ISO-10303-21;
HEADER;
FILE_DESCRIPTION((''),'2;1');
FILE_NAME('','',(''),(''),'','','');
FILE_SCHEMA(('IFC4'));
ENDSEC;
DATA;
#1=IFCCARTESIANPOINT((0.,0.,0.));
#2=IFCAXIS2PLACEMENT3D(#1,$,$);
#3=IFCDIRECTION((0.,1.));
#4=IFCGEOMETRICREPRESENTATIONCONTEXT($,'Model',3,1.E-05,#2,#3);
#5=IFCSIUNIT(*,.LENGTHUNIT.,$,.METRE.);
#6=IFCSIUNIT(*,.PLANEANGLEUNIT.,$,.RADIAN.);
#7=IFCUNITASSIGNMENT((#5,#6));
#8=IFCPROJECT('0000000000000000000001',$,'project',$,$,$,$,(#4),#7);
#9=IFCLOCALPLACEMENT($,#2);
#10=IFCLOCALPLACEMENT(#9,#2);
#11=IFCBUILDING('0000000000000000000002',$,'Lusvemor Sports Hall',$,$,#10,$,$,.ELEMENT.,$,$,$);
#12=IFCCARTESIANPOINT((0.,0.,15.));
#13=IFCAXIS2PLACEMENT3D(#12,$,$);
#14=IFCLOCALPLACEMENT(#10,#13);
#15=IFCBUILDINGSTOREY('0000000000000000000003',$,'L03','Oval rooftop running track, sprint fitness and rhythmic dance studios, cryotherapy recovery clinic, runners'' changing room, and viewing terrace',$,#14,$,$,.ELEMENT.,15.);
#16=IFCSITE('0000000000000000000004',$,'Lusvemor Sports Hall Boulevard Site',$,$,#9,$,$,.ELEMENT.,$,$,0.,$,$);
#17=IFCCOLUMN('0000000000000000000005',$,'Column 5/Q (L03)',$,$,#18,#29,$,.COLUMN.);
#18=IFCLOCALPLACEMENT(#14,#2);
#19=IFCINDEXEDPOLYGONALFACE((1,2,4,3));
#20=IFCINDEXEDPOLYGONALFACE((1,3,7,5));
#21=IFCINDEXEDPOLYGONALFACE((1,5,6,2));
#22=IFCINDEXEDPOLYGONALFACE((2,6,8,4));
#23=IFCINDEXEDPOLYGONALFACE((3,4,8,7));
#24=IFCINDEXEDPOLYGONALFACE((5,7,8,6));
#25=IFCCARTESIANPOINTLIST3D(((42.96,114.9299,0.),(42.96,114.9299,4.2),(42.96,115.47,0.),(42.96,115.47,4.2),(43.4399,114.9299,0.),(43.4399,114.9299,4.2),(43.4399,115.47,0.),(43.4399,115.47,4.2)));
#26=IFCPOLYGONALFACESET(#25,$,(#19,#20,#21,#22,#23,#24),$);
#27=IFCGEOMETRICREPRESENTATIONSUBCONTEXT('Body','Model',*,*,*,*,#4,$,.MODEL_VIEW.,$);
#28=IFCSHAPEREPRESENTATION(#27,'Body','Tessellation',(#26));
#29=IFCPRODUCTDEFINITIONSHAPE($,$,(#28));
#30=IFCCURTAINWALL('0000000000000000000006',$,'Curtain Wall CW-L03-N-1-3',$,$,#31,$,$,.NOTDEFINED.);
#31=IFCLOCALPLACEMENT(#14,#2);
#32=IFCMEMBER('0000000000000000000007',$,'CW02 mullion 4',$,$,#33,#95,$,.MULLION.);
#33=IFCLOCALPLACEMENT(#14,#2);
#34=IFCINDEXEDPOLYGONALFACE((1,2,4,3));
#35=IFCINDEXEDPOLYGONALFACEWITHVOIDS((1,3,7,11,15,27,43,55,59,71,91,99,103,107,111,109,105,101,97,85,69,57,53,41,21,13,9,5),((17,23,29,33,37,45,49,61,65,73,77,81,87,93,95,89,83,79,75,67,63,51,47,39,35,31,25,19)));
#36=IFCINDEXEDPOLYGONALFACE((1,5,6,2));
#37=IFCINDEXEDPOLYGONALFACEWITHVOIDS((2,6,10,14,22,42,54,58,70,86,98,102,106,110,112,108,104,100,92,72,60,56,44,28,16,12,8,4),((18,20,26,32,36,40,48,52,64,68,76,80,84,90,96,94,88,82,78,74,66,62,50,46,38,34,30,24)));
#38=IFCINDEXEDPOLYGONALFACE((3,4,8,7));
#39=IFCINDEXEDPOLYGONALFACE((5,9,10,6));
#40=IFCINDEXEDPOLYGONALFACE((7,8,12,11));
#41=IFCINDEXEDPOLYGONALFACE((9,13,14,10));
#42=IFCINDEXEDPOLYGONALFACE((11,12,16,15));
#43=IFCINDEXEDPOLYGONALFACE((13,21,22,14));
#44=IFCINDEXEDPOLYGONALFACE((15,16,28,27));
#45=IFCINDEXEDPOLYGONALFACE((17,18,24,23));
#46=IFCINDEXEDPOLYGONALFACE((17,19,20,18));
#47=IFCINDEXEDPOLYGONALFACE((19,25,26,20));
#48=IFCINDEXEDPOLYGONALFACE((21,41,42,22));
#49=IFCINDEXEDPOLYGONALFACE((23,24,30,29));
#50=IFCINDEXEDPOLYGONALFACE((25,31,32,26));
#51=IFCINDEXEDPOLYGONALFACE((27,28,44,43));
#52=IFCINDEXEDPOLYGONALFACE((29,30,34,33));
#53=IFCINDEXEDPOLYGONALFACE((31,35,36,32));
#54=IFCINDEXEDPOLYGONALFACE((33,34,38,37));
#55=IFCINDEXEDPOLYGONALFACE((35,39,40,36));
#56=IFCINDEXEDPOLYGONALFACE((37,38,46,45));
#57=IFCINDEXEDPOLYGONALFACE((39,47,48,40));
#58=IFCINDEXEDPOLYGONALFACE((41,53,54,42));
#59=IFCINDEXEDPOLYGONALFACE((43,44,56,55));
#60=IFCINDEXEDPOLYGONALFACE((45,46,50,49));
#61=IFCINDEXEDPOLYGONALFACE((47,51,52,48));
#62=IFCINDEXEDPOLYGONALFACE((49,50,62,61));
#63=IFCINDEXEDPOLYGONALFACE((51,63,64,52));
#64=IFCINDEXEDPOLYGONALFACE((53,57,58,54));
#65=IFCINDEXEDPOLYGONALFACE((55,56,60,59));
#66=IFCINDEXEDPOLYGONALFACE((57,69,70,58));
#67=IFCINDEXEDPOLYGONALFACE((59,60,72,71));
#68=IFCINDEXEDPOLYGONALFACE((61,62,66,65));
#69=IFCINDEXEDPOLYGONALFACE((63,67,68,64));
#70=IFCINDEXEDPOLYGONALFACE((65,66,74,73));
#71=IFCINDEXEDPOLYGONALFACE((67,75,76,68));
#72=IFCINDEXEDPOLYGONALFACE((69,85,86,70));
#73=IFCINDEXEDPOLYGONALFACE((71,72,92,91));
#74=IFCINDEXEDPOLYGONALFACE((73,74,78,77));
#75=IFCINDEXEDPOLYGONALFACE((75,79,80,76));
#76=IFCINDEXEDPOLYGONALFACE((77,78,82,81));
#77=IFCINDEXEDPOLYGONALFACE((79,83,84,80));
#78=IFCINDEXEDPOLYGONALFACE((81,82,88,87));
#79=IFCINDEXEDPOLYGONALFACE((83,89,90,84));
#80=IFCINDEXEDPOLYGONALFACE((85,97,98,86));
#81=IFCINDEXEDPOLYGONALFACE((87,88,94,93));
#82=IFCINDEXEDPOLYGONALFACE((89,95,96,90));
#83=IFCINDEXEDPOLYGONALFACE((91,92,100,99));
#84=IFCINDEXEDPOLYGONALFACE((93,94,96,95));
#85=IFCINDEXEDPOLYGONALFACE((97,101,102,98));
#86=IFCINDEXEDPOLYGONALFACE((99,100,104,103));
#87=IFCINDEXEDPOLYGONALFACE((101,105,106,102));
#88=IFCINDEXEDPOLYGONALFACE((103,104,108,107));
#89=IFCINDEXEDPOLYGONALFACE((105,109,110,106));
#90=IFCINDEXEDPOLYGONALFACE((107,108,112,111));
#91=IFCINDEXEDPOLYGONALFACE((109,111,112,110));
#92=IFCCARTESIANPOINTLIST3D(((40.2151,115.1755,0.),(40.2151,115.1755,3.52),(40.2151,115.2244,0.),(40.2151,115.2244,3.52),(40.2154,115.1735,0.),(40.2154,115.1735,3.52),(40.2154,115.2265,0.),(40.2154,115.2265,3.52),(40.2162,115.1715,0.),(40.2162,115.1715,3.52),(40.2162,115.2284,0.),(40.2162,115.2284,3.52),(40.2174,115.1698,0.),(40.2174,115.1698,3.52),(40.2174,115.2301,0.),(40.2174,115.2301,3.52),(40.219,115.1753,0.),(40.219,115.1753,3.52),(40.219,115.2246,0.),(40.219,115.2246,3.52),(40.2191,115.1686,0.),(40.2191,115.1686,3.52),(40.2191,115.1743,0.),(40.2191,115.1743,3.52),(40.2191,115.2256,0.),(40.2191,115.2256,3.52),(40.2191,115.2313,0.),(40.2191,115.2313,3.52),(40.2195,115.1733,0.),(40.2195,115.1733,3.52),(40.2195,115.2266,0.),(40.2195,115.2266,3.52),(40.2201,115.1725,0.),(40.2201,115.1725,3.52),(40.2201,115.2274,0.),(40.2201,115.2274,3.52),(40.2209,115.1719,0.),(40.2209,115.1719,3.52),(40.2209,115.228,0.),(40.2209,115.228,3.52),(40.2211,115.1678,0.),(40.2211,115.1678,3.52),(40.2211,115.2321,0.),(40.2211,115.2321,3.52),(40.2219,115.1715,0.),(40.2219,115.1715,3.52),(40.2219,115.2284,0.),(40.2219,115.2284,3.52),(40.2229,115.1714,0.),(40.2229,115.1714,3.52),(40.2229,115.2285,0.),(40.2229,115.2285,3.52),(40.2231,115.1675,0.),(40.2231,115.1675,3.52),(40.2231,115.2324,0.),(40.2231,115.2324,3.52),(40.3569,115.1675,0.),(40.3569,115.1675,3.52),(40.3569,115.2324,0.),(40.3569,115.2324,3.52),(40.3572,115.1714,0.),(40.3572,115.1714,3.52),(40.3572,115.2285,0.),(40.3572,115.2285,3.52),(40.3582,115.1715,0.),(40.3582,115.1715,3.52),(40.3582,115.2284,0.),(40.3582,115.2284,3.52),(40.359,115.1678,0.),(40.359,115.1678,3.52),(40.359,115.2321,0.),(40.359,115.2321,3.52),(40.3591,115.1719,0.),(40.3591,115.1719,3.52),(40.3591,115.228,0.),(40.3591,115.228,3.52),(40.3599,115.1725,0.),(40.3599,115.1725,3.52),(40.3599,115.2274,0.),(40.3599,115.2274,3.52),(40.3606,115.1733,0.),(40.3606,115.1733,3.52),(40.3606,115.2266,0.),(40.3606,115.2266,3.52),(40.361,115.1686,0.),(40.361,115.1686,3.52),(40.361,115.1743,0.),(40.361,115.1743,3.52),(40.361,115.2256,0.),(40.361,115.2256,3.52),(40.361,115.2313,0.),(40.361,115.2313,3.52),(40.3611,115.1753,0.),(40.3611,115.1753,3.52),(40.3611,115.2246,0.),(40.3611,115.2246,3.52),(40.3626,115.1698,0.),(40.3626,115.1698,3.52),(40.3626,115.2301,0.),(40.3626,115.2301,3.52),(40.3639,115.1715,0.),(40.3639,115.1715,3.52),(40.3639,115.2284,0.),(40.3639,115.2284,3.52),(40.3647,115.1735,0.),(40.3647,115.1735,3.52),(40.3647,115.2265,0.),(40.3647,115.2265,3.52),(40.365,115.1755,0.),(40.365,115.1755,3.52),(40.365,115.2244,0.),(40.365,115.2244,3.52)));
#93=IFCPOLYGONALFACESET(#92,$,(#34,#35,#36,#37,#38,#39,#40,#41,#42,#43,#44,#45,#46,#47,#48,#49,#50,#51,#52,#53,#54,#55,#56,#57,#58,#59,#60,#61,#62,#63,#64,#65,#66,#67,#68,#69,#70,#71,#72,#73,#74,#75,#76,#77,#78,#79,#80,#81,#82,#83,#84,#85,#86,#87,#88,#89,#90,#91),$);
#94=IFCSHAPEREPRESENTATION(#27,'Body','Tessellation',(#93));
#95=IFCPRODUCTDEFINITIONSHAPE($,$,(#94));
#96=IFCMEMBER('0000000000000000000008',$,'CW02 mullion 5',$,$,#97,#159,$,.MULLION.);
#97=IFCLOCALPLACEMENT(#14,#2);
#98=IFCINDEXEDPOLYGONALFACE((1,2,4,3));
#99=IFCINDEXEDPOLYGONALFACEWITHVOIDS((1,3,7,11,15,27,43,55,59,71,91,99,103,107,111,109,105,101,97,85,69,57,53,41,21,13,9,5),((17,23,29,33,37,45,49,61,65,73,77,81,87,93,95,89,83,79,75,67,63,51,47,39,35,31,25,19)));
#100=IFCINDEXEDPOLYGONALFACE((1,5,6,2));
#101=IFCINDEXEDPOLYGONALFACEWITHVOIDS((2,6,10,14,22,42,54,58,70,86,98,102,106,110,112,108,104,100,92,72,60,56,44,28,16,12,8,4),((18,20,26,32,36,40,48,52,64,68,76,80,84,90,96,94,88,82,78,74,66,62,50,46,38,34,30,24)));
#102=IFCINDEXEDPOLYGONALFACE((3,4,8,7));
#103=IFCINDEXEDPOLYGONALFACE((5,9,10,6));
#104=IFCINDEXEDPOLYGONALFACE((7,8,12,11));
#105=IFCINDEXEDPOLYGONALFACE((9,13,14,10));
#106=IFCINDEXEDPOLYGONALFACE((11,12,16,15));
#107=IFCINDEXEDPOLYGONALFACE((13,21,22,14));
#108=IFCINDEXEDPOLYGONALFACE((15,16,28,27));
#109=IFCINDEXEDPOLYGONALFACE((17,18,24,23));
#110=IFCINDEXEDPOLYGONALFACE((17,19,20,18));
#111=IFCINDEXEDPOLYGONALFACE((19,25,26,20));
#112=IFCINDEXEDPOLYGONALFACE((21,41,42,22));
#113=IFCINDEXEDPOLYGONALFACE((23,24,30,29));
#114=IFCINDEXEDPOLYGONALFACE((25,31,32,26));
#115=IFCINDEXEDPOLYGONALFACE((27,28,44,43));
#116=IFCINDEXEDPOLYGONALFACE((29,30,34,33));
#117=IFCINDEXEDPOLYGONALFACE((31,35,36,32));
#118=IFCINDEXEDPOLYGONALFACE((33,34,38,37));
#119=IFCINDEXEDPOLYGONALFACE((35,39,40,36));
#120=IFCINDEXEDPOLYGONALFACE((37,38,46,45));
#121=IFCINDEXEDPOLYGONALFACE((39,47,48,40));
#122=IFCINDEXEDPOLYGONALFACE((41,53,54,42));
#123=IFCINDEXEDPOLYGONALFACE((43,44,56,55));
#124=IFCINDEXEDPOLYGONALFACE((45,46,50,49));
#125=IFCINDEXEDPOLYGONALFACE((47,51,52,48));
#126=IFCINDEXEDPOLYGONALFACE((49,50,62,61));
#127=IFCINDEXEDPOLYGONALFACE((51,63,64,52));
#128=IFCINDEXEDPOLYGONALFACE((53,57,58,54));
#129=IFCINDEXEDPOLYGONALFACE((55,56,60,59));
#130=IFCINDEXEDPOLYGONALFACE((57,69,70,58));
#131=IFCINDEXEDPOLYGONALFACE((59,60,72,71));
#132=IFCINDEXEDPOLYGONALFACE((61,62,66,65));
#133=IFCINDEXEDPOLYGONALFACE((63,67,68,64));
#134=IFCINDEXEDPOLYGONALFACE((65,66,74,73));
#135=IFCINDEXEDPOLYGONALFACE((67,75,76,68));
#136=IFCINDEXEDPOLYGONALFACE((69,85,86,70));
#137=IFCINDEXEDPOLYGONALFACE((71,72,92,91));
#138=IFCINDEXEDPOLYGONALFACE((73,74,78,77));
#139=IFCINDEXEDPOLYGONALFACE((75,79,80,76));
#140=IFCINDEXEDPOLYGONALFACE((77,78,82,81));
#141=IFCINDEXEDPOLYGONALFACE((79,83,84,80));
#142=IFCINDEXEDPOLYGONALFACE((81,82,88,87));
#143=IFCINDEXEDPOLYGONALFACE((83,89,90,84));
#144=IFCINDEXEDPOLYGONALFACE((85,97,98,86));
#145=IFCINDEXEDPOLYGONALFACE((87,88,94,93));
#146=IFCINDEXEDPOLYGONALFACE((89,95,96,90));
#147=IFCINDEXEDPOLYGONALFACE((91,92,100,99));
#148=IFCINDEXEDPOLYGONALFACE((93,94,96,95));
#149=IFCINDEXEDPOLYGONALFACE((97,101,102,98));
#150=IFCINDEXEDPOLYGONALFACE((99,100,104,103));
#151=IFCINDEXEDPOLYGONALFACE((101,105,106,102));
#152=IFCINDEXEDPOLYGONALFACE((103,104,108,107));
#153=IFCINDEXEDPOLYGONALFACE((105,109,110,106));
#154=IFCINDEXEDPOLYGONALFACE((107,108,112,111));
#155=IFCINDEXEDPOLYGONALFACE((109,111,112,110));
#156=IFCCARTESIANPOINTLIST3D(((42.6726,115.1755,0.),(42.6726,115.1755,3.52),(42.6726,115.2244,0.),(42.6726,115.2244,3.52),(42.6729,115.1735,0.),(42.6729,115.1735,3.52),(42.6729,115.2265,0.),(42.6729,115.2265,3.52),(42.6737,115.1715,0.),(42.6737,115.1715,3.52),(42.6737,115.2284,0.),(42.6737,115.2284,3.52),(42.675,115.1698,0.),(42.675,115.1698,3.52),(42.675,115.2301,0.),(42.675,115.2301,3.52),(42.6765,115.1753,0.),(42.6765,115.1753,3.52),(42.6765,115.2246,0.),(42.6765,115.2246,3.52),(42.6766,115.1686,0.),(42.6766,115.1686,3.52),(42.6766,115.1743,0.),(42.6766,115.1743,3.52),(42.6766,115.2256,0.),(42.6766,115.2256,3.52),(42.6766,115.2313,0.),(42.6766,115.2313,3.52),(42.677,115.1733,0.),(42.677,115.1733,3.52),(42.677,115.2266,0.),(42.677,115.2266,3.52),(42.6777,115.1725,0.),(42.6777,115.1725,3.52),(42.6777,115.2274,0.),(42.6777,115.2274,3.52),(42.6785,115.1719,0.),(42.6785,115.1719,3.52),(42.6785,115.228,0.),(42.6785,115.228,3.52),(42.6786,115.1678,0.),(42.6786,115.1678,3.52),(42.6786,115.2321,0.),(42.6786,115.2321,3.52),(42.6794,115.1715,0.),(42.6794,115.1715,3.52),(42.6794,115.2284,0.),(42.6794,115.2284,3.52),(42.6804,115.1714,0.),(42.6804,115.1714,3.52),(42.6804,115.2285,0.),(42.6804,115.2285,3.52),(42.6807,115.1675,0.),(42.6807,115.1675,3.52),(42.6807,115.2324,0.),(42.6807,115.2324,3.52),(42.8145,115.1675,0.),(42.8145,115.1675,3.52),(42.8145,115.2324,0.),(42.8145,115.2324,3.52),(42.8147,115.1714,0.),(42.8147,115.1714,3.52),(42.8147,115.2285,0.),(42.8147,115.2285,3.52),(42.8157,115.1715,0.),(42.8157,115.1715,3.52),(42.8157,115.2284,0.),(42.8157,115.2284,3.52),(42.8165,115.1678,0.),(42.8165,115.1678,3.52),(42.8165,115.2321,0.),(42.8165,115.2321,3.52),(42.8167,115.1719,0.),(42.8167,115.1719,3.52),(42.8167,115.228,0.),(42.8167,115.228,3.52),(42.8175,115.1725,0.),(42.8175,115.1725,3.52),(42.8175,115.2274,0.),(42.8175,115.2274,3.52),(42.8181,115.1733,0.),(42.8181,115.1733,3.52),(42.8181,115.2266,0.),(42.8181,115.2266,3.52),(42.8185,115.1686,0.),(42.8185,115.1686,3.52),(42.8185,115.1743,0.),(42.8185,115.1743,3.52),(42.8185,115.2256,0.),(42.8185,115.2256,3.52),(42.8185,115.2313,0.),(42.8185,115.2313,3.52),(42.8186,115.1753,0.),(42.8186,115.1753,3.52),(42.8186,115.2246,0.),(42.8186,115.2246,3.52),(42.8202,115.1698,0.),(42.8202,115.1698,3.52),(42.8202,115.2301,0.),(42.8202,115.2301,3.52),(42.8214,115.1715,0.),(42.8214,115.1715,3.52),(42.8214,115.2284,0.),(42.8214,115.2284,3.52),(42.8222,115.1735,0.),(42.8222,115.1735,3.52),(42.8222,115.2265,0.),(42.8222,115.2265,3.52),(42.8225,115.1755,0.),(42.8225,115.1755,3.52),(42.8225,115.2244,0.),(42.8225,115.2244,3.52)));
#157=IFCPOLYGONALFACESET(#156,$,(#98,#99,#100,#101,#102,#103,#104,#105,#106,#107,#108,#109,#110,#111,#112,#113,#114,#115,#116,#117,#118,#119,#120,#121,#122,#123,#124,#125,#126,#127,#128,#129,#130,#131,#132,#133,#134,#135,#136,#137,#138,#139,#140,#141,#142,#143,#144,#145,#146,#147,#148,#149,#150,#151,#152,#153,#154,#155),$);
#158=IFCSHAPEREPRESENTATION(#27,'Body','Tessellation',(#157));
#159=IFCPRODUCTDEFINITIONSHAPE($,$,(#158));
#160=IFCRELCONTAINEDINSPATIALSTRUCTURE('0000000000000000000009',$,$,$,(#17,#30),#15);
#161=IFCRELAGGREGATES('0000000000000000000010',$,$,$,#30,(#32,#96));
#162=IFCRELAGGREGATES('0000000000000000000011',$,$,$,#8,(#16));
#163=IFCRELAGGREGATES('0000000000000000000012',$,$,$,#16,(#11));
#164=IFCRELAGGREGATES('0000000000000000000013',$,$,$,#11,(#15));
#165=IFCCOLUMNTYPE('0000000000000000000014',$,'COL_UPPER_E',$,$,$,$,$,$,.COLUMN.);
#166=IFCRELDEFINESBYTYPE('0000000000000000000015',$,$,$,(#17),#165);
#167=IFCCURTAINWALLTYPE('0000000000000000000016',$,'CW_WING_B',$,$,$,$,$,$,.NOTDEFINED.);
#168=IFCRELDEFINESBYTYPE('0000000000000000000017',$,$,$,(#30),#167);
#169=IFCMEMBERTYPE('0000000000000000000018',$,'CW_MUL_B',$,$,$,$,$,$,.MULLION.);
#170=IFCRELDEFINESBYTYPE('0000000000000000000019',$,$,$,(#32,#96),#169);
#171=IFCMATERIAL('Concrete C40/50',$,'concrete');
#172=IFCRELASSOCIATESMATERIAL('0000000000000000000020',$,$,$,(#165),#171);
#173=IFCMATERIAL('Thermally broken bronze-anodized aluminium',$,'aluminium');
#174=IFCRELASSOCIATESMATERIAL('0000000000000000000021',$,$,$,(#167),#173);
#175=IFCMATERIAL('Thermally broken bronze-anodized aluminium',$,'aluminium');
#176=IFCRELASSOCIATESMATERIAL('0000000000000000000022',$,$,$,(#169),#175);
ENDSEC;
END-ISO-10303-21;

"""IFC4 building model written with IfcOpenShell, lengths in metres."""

from ifc_helpers import new_model, si_unit, direction, frame, origin, origin_2d, place, context, subcontext, project, spatial, rectangle, hollow_rectangle, extrude, material, material_profile, profile_set, type_object, element, aggregate, save


model = new_model("IFC4")

# Units and contexts
model_context = context("Model", 3, precision=1e-05, world=origin(), true_north=direction((0.0, 1.0)))
body_context = subcontext(model_context, "Body", "Model", "MODEL_VIEW")
ifc_project = project(units=[si_unit("LENGTHUNIT", "METRE"), si_unit("PLANEANGLEUNIT", "RADIAN")], contexts=[model_context])

# Site, building, storey
site_placement = place(None, origin())
site = spatial("IfcSite", under=ifc_project, at=site_placement, Name="Lusvemor Sports Hall Boulevard Site", CompositionType="ELEMENT", RefElevation=0.0)
building_placement = place(site_placement, origin())
building = spatial("IfcBuilding", under=site, at=building_placement, Name="Lusvemor Sports Hall", CompositionType="ELEMENT")
storey_placement = place(building_placement, frame((0.0, 0.0, 15.0)))
storey = spatial("IfcBuildingStorey", under=building, at=storey_placement, Name="L03", Description="Oval rooftop running track, sprint fitness and rhythmic dance studios, cryotherapy recovery clinic, runners' changing room, and viewing terrace", CompositionType="ELEMENT", Elevation=15.0)

# Column
ifc_material_1 = material(Name="Concrete C40/50", Category="concrete")
ifc_material_profile_1 = material_profile(ifc_material_1, rectangle(XDim=0.48, YDim=0.54, at=origin_2d()), Name="RC480x540")
ifc_profile_set_1 = profile_set([ifc_material_profile_1], Name="Concrete C40/50")
column_type = type_object("IfcColumnType", Name="COL_UPPER_E", PredefinedType="COLUMN", material=ifc_profile_set_1)
column_placement = place(storey_placement, frame((43.2, 115.2, 0.0), z_axis=(0.0, 0.0, 1.0), x_axis=(1.0, 0.0, 0.0)))
element("IfcColumn", 1, at=column_placement, inside=storey, type_object=column_type, Name="Column 5/Q (L03)", PredefinedType="COLUMN", context=body_context, shape_type="SweptSolid", body=[
    extrude(rectangle(XDim=0.48, YDim=0.54, at=origin_2d()), origin(), (0.0, 0.0, 1.0), 4.2),
])

# Curtain wall, members
ifc_material_2 = material(Name="Thermally broken bronze-anodized aluminium", Category="aluminium")
curtain_wall_type = type_object("IfcCurtainWallType", Name="CW_WING_B", PredefinedType="NOTDEFINED", material=ifc_material_2)
curtain_wall_1_placement = place(storey_placement, origin())
curtain_wall_1 = element("IfcCurtainWall", 2, at=curtain_wall_1_placement, inside=storey, type_object=curtain_wall_type, Name="Curtain Wall CW-L03-N-1-3", PredefinedType="NOTDEFINED")
ifc_material_3 = material(Name="Thermally broken bronze-anodized aluminium", Category="aluminium")
ifc_material_profile_2 = material_profile(ifc_material_3, hollow_rectangle(XDim=0.0649, YDim=0.1499, WallThickness=0.0039, InnerFilletRadius=0.0039, OuterFilletRadius=0.0081, at=origin_2d()), Name="CWMUL150x65x4")
ifc_profile_set_2 = profile_set([ifc_material_profile_2], Name="Thermally broken bronze-anodized aluminium")
member_type_1 = type_object("IfcMemberType", Name="CW_MUL_B", PredefinedType="MULLION", material=ifc_profile_set_2)
member_1_placement = place(storey_placement, frame((40.29, 115.2, 0.0), z_axis=(0.0, 0.0, 1.0), x_axis=(0.0, 1.0, 0.0)))
member_1 = element("IfcMember", 3, at=member_1_placement, type_object=member_type_1, Name="CW02 mullion 4", PredefinedType="MULLION", context=body_context, shape_type="SweptSolid", body=[
    extrude(hollow_rectangle(XDim=0.0649, YDim=0.1499, WallThickness=0.0039, InnerFilletRadius=0.0039, OuterFilletRadius=0.0081, at=origin_2d()), origin(), (0.0, 0.0, 1.0), 3.52),
])
member_2_placement = place(storey_placement, frame((42.7476, 115.2, 0.0), z_axis=(0.0, 0.0, 1.0), x_axis=(0.0, 1.0, 0.0)))
member_2 = element("IfcMember", 4, at=member_2_placement, type_object=member_type_1, Name="CW02 mullion 5", PredefinedType="MULLION", context=body_context, shape_type="SweptSolid", body=[
    extrude(hollow_rectangle(XDim=0.0649, YDim=0.1499, WallThickness=0.0039, InnerFilletRadius=0.0039, OuterFilletRadius=0.0081, at=origin_2d()), origin(), (0.0, 0.0, 1.0), 3.52),
])

aggregate(curtain_wall_1, [member_1, member_2])

save(model, "model.ifc")
